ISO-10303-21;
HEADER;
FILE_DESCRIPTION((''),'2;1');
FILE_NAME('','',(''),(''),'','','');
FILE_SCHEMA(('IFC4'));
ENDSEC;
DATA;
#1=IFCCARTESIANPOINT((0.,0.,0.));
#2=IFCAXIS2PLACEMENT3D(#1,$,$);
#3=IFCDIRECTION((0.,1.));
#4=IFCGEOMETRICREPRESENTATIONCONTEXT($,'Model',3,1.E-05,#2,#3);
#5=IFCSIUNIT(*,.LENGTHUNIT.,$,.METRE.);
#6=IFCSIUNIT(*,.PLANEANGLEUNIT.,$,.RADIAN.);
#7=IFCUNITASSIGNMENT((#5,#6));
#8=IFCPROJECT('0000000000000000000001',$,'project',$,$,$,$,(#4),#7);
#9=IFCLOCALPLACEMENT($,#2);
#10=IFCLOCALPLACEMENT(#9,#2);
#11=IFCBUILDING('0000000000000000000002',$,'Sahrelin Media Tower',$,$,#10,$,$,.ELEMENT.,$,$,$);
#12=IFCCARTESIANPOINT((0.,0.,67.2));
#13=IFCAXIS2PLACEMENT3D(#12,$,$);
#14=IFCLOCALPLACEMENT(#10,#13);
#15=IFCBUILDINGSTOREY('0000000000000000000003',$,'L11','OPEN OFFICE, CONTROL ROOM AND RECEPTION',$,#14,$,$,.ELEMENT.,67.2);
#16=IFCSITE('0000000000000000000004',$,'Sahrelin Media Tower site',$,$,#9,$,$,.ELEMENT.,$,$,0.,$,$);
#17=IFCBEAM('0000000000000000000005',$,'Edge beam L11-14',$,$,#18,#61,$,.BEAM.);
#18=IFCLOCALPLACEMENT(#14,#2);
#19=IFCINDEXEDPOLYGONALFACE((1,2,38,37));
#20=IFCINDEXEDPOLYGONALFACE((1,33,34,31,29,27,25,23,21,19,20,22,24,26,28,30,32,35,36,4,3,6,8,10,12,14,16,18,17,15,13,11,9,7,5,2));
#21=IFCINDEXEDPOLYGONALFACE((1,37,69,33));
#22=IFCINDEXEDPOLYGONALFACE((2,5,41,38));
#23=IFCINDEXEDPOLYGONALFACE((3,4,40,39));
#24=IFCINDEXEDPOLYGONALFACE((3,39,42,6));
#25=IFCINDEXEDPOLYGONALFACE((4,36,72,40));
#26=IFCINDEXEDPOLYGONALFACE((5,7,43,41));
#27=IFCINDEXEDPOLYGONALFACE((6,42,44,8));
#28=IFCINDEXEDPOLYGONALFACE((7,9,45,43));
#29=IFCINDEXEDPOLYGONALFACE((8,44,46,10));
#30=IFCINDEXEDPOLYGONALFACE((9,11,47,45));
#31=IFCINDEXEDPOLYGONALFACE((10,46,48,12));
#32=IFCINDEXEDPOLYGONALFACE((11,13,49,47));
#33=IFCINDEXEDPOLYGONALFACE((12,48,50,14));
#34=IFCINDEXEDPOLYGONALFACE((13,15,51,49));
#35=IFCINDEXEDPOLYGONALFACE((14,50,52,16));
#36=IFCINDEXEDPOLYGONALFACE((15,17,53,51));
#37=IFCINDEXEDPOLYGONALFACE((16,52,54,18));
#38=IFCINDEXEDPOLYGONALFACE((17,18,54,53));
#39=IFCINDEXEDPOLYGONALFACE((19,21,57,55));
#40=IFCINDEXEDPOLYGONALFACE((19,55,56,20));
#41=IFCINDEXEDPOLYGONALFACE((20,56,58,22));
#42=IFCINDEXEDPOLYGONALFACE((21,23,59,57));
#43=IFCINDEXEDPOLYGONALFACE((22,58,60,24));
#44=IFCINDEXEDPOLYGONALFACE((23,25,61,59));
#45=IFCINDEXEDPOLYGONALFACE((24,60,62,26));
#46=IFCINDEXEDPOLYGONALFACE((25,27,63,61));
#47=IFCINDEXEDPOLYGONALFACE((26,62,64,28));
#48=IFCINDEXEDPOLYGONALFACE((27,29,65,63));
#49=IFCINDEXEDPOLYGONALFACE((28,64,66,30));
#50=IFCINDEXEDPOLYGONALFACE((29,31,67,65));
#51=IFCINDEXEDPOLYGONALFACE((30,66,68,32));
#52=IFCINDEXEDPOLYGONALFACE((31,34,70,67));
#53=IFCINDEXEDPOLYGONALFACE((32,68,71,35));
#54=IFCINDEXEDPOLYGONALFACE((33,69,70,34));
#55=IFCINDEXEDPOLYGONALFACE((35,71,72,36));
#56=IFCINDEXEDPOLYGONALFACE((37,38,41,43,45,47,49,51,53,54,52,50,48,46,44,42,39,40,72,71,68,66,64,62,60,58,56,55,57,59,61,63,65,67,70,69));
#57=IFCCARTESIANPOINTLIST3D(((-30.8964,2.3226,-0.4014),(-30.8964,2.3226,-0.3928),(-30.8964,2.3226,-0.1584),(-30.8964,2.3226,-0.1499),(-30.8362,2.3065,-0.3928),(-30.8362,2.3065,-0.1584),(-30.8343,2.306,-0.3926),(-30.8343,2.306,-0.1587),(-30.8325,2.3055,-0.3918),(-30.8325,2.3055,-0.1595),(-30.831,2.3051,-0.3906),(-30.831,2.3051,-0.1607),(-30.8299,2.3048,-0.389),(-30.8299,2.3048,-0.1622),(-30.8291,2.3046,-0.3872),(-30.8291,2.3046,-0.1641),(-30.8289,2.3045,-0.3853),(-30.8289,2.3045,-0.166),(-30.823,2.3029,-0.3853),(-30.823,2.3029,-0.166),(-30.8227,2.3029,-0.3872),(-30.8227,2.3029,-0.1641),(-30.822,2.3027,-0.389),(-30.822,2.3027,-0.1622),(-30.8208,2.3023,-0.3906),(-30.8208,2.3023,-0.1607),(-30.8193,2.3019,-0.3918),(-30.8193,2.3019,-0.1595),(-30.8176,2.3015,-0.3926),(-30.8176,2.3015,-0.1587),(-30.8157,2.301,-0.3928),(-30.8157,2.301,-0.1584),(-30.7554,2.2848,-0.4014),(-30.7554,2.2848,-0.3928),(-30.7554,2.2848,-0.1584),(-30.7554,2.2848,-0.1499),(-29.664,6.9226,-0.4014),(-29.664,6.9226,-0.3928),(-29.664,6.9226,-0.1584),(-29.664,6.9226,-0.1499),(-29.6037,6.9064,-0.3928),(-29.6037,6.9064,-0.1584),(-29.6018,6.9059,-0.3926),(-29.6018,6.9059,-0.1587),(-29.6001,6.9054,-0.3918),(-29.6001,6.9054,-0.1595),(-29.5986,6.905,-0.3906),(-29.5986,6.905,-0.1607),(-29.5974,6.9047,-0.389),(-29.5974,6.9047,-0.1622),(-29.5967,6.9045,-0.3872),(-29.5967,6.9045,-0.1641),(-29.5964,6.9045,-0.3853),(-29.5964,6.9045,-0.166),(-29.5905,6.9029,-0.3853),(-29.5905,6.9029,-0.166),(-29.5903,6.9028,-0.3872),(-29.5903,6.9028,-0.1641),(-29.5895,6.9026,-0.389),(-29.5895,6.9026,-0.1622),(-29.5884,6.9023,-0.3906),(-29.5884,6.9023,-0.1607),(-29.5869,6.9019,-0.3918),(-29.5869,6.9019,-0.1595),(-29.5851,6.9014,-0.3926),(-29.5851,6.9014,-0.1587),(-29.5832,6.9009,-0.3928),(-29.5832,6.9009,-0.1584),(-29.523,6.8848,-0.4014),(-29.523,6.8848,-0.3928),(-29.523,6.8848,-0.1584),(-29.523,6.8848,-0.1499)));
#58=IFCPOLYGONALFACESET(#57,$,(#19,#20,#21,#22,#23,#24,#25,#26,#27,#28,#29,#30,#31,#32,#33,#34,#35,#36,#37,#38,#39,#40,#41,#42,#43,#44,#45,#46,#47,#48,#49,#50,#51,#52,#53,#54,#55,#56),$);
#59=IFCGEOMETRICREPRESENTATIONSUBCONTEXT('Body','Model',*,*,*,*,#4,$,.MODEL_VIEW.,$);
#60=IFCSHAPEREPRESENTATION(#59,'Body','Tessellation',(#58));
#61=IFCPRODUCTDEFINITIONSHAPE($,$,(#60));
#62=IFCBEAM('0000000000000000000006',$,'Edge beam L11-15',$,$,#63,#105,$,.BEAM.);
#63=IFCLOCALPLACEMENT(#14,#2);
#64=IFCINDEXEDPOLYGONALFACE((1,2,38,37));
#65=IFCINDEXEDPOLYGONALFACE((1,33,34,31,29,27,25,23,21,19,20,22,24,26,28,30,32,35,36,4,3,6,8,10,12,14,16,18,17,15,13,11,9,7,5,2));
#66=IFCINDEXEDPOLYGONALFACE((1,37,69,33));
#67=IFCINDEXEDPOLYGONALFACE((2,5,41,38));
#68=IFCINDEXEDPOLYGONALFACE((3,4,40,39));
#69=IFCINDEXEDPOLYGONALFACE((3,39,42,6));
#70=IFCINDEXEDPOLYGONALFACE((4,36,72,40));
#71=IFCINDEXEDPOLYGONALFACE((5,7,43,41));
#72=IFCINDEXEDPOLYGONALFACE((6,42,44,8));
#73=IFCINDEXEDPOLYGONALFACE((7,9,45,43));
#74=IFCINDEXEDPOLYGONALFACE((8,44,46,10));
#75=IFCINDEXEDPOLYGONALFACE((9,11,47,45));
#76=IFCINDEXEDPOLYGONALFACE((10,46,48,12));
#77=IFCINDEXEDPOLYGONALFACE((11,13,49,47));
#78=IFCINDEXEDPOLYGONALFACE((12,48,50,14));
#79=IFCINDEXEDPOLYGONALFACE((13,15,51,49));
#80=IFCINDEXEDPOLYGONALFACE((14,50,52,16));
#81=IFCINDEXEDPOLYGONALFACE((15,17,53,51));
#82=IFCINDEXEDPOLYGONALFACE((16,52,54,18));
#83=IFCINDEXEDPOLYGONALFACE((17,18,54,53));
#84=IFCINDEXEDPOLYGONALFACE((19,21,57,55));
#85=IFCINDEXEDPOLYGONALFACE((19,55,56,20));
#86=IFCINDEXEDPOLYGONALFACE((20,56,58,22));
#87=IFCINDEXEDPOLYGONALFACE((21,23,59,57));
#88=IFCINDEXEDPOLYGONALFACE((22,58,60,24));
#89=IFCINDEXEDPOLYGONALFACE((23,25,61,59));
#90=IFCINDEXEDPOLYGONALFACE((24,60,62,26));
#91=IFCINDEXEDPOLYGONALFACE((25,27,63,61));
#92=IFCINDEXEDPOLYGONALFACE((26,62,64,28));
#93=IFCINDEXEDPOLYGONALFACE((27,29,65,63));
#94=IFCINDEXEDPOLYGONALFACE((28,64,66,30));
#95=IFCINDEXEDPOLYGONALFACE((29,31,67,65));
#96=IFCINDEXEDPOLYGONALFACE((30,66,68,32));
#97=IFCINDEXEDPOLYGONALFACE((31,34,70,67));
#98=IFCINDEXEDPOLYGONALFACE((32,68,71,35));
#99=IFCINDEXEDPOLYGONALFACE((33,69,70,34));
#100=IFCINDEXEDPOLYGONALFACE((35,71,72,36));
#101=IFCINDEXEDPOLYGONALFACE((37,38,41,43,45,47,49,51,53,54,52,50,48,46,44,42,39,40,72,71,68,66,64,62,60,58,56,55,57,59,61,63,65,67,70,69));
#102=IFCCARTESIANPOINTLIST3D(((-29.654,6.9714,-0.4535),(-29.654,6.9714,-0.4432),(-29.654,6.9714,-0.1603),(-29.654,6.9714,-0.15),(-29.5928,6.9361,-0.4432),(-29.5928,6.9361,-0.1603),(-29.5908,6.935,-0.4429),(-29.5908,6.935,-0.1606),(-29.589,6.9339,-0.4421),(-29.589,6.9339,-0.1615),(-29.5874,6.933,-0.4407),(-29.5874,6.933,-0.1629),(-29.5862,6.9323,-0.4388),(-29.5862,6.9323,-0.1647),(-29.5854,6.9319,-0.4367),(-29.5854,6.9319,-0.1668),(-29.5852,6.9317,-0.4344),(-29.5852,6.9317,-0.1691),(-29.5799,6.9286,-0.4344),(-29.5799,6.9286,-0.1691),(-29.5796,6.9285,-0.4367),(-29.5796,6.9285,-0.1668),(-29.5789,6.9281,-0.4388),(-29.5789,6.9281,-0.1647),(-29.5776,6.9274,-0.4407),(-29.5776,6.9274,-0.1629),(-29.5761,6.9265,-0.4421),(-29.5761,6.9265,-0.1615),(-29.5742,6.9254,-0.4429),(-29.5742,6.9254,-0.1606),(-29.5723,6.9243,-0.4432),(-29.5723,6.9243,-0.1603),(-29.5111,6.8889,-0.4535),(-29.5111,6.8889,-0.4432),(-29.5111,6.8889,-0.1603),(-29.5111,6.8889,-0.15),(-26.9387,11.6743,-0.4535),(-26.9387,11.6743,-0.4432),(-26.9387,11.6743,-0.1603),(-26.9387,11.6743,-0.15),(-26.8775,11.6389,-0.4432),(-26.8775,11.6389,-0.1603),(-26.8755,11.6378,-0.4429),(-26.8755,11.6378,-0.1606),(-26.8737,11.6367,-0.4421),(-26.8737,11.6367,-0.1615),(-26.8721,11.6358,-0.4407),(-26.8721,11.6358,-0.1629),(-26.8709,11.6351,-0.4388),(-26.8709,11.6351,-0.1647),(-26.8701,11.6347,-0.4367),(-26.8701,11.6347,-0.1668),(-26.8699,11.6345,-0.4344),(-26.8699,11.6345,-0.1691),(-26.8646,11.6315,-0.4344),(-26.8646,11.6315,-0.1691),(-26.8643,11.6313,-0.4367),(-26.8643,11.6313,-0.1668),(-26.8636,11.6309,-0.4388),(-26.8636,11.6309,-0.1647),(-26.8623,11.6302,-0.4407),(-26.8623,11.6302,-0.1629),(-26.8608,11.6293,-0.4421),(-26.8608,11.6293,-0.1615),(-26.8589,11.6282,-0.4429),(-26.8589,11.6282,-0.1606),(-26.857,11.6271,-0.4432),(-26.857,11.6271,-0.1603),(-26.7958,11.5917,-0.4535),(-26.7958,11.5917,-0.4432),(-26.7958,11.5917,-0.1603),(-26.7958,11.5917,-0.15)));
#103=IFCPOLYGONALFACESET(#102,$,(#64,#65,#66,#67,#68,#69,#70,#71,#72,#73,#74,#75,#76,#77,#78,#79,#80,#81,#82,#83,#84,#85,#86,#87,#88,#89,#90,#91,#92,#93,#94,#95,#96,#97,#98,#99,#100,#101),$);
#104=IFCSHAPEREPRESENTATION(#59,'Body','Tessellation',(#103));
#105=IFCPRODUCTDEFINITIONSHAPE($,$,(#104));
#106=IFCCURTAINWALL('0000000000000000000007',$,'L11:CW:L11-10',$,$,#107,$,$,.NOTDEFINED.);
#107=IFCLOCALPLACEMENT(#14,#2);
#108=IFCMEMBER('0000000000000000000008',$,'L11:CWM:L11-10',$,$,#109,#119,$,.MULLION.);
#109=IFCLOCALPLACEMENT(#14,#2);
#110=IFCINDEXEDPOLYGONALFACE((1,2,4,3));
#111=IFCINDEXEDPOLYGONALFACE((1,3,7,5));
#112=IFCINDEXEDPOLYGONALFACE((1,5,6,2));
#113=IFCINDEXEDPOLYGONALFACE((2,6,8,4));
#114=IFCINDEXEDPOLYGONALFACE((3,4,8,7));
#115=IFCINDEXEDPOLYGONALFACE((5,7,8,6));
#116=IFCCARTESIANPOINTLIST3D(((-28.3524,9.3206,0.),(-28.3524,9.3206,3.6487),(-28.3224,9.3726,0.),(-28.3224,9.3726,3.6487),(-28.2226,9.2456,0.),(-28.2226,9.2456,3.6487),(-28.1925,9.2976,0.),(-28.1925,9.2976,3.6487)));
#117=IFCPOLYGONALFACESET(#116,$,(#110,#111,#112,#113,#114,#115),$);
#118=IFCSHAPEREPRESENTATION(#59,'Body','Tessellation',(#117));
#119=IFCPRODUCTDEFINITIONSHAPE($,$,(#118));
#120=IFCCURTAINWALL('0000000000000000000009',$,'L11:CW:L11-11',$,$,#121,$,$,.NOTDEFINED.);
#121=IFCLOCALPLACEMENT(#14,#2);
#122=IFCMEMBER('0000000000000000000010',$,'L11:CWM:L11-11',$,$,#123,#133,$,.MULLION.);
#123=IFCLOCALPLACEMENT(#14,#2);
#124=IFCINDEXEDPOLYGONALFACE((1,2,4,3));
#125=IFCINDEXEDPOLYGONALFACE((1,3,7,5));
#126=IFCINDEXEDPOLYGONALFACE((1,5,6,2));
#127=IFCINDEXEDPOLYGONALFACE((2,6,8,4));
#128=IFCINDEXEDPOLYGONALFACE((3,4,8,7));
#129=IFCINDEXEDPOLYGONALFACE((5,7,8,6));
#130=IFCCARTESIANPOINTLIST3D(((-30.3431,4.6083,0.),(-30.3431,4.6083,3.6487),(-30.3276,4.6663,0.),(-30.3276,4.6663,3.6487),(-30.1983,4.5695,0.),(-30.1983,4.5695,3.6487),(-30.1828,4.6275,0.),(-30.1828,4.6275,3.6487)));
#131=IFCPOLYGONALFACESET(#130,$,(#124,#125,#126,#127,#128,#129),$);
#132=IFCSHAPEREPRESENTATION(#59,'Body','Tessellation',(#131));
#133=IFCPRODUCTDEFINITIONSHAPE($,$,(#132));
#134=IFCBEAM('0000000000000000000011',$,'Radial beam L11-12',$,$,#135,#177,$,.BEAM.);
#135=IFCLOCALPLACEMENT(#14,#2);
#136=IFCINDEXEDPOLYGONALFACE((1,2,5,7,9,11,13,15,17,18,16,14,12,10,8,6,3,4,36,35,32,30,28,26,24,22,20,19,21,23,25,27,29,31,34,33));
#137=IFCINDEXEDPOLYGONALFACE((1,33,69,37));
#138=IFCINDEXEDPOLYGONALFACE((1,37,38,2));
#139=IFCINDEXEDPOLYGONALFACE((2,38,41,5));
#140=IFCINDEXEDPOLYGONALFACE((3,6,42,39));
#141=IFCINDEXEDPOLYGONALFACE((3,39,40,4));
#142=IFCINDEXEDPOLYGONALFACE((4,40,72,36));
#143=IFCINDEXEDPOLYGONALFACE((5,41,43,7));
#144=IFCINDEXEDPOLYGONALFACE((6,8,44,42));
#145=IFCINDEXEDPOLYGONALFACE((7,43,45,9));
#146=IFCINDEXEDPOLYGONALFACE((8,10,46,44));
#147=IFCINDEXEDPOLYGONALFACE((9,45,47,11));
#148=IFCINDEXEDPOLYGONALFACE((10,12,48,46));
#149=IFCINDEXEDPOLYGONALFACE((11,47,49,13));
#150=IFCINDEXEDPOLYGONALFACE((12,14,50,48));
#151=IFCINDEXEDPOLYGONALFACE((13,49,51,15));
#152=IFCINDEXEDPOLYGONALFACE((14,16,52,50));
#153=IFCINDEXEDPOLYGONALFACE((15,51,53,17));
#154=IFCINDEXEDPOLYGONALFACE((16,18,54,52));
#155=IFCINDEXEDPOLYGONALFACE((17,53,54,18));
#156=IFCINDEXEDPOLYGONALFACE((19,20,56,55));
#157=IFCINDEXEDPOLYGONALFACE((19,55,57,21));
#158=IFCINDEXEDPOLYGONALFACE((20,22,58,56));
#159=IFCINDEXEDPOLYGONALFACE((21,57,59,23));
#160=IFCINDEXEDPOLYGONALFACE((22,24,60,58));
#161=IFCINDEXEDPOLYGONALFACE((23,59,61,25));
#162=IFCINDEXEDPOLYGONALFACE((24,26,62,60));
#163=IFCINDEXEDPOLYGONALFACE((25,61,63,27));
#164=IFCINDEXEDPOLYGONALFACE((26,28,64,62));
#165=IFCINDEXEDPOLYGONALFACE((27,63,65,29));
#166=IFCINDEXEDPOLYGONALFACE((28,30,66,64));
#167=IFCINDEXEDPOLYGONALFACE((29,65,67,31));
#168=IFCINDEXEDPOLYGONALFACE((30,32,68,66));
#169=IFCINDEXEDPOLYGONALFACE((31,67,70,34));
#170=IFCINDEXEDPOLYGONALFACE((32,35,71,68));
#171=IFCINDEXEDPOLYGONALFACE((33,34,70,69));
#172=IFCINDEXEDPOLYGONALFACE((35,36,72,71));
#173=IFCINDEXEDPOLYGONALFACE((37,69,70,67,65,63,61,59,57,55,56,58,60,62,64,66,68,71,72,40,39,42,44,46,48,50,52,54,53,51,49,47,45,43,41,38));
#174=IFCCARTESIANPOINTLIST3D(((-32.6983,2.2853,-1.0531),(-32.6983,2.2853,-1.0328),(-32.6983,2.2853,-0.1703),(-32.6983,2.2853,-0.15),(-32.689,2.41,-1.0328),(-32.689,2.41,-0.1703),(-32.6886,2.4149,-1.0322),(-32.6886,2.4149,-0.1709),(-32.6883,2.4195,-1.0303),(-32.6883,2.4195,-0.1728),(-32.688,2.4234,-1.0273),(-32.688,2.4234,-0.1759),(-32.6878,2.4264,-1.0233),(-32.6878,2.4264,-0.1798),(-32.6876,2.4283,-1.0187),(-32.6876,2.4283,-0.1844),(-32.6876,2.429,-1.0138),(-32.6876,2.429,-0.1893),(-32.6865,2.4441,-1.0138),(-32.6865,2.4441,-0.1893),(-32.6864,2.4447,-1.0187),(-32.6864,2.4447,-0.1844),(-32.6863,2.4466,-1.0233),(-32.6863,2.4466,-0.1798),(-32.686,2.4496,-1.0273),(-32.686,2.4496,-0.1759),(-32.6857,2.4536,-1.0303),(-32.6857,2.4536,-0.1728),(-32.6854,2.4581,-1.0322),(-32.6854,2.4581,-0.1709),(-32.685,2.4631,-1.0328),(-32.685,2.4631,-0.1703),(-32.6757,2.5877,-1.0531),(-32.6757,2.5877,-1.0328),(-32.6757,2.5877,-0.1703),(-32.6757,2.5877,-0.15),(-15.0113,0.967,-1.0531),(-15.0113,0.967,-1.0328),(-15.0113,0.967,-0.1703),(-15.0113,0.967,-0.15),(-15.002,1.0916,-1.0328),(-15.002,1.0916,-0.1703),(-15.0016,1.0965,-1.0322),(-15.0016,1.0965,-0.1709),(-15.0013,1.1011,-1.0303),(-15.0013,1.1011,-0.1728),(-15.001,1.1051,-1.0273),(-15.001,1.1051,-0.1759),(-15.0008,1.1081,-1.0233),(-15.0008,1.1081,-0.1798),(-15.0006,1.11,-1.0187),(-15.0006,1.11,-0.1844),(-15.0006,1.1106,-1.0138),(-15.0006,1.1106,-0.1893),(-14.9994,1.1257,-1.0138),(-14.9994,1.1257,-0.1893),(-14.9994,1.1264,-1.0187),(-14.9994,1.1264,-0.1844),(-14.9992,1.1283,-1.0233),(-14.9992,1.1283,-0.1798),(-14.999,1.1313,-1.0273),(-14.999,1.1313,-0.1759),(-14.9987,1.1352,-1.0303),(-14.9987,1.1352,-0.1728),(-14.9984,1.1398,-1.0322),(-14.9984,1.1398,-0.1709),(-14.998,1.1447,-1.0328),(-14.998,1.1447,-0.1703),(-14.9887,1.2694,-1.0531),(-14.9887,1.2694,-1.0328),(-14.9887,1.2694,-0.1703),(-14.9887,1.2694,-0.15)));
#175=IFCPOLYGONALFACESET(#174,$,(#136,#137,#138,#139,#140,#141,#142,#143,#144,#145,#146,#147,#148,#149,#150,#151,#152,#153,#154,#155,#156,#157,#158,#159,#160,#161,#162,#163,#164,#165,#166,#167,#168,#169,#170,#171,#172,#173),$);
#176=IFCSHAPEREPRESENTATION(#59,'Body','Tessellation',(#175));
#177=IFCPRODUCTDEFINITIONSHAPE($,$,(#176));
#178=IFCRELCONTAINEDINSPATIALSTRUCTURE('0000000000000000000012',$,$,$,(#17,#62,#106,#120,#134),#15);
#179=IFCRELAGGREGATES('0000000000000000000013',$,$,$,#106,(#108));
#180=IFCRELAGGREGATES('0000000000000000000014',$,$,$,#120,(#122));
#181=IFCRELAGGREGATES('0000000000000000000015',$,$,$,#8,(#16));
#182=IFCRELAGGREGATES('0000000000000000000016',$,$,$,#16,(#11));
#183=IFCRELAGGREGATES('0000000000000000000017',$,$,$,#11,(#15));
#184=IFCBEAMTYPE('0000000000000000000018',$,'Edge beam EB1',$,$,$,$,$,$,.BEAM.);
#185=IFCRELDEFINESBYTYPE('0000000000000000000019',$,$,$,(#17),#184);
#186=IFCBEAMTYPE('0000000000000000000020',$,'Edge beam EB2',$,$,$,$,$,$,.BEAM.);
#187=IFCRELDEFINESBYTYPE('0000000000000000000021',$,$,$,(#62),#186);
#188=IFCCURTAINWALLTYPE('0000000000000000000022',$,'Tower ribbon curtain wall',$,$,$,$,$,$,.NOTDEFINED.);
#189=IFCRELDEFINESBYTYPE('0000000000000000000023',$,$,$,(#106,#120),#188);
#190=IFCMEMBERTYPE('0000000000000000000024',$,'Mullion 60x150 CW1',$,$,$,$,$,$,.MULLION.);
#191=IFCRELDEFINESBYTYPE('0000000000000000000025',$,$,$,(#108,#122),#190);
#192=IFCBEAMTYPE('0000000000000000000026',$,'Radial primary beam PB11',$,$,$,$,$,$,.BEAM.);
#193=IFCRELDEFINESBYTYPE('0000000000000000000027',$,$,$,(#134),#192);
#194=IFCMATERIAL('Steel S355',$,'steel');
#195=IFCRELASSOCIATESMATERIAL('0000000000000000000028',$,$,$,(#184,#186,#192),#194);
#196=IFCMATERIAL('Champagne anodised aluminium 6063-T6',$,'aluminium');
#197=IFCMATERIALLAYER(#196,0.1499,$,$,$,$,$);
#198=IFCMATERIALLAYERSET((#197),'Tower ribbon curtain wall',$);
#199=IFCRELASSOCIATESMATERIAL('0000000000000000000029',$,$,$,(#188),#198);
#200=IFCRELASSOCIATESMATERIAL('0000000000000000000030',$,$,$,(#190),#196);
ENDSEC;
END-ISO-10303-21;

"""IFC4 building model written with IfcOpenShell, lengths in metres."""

from ifc_helpers import new_model, si_unit, direction, frame, origin, origin_2d, place, context, subcontext, project, spatial, rectangle, i_section, extrude, material, layer, layer_set, material_profile, profile_set, type_object, element, aggregate, save


model = new_model("IFC4")

# Units and contexts
model_context = context("Model", 3, precision=1e-05, world=origin(), true_north=direction((0.0, 1.0)))
body_context = subcontext(model_context, "Body", "Model", "MODEL_VIEW")
ifc_project = project(units=[si_unit("LENGTHUNIT", "METRE"), si_unit("PLANEANGLEUNIT", "RADIAN")], contexts=[model_context])

# Site, building, storey
site_placement = place(None, origin())
site = spatial("IfcSite", under=ifc_project, at=site_placement, Name="Sahrelin Media Tower site", CompositionType="ELEMENT", RefElevation=0.0)
building_placement = place(site_placement, origin())
building = spatial("IfcBuilding", under=site, at=building_placement, Name="Sahrelin Media Tower", CompositionType="ELEMENT")
storey_placement = place(building_placement, frame((0.0, 0.0, 67.2)))
storey = spatial("IfcBuildingStorey", under=building, at=storey_placement, Name="L11", Description="OPEN OFFICE, CONTROL ROOM AND RECEPTION", CompositionType="ELEMENT", Elevation=67.2)

# Beams
ifc_material_1 = material(Name="Steel S355", Category="steel")
ifc_material_profile_1 = material_profile(ifc_material_1, i_section(OverallWidth=0.146, OverallDepth=0.2515, WebThickness=0.0061, FlangeThickness=0.0085, FilletRadius=0.0076, at=origin_2d()), Name="UB 254x146x31")
ifc_profile_set_1 = profile_set([ifc_material_profile_1], Name="Steel S355")
beam_type_1 = type_object("IfcBeamType", Name="Edge beam EB1", PredefinedType="BEAM", material=ifc_profile_set_1)
beam_1_placement = place(storey_placement, frame((-30.8259, 2.3037, -0.2756), z_axis=(0.258798, 0.965931, 0.0), x_axis=(-0.965931, 0.258798, 0.0)))
element("IfcBeam", 1, at=beam_1_placement, inside=storey, type_object=beam_type_1, Name="Edge beam L11-14", PredefinedType="BEAM", context=body_context, shape_type="SweptSolid", body=[
    extrude(i_section(OverallWidth=0.146, OverallDepth=0.2515, WebThickness=0.0061, FlangeThickness=0.0085, FilletRadius=0.0076, at=origin_2d()), origin(), (0.0, 0.0, 1.0), 4.7622),
])
ifc_material_profile_2 = material_profile(ifc_material_1, i_section(OverallWidth=0.165, OverallDepth=0.3035, WebThickness=0.0061, FlangeThickness=0.0103, FilletRadius=0.0088, at=origin_2d()), Name="UB 305x165x40")
ifc_profile_set_2 = profile_set([ifc_material_profile_2], Name="Steel S355")
beam_type_2 = type_object("IfcBeamType", Name="Edge beam EB2", PredefinedType="BEAM", material=ifc_profile_set_2)
beam_2_placement = place(storey_placement, frame((-29.5825, 6.9302, -0.3018), z_axis=(0.500017, 0.866016, 0.0), x_axis=(-0.866016, 0.500017, 0.0)))
element("IfcBeam", 2, at=beam_2_placement, inside=storey, type_object=beam_type_2, Name="Edge beam L11-15", PredefinedType="BEAM", context=body_context, shape_type="SweptSolid", body=[
    extrude(i_section(OverallWidth=0.165, OverallDepth=0.3035, WebThickness=0.0061, FlangeThickness=0.0103, FilletRadius=0.0088, at=origin_2d()), origin(), (0.0, 0.0, 1.0), 5.4304),
])

# Curtain walls, members
ifc_material_2 = material(Name="Champagne anodised aluminium 6063-T6", Category="aluminium")
ifc_layer_1 = layer(ifc_material_2, 0.1499)
ifc_layer_set_1 = layer_set([ifc_layer_1], Name="Tower ribbon curtain wall")
curtain_wall_type = type_object("IfcCurtainWallType", Name="Tower ribbon curtain wall", PredefinedType="NOTDEFINED", material=ifc_layer_set_1)
curtain_wall_1_placement = place(storey_placement, frame((-28.3547, 9.3567, 0.0), z_axis=(0.0, 0.0, 1.0), x_axis=(1.0, 0.0, 0.0)))
curtain_wall_1 = element("IfcCurtainWall", 3, at=curtain_wall_1_placement, inside=storey, type_object=curtain_wall_type, Name="L11:CW:L11-10", PredefinedType="NOTDEFINED")
ifc_material_profile_3 = material_profile(ifc_material_2, rectangle(XDim=0.0601, YDim=0.1499, at=origin_2d()), Name="Mullion 60x150")
ifc_profile_set_3 = profile_set([ifc_material_profile_3], Name="Champagne anodised aluminium 6063-T6")
member_type_1 = type_object("IfcMemberType", Name="Mullion 60x150 CW1", PredefinedType="MULLION", material=ifc_profile_set_3)
member_1_placement = place(storey_placement, frame((-28.2725, 9.3091, 0.0), z_axis=(0.0, 0.0, 1.0), x_axis=(-0.499998, -0.866026, 0.0)))
member_1 = element("IfcMember", 4, at=member_1_placement, type_object=member_type_1, Name="L11:CWM:L11-10", PredefinedType="MULLION", context=body_context, shape_type="SweptSolid", body=[
    extrude(rectangle(XDim=0.0601, YDim=0.1499, at=origin_2d()), origin(), (0.0, 0.0, 1.0), 3.6487),
])
aggregate(curtain_wall_1, [member_1])
curtain_wall_2_placement = place(storey_placement, frame((-30.3545, 4.6423, 0.0), z_axis=(0.0, 0.0, 1.0), x_axis=(1.0, 0.0, 0.0)))
curtain_wall_2 = element("IfcCurtainWall", 5, at=curtain_wall_2_placement, inside=storey, type_object=curtain_wall_type, Name="L11:CW:L11-11", PredefinedType="NOTDEFINED")
member_2_placement = place(storey_placement, frame((-30.2629, 4.6179, 0.0), z_axis=(0.0, 0.0, 1.0), x_axis=(-0.258817, -0.965926, 0.0)))
member_2 = element("IfcMember", 6, at=member_2_placement, type_object=member_type_1, Name="L11:CWM:L11-11", PredefinedType="MULLION", context=body_context, shape_type="SweptSolid", body=[
    extrude(rectangle(XDim=0.0601, YDim=0.1499, at=origin_2d()), origin(), (0.0, 0.0, 1.0), 3.6487),
])

# Beam
ifc_material_profile_4 = material_profile(ifc_material_1, i_section(OverallWidth=0.3032, OverallDepth=0.9031, WebThickness=0.0151, FlangeThickness=0.0203, FilletRadius=0.019, at=origin_2d()), Name="UB 914x305x201")
ifc_profile_set_4 = profile_set([ifc_material_profile_4], Name="Steel S355")
beam_type_3 = type_object("IfcBeamType", Name="Radial primary beam PB11", PredefinedType="BEAM", material=ifc_profile_set_4)
beam_3_placement = place(storey_placement, frame((-15.0, 1.1182, -0.6016), z_axis=(-0.997234, 0.074332, 0.0), x_axis=(-0.074332, -0.997234, 0.0)))
element("IfcBeam", 7, at=beam_3_placement, inside=storey, type_object=beam_type_3, Name="Radial beam L11-12", PredefinedType="BEAM", context=body_context, shape_type="SweptSolid", body=[
    extrude(i_section(OverallWidth=0.3032, OverallDepth=0.9031, WebThickness=0.0151, FlangeThickness=0.0203, FilletRadius=0.019, at=origin_2d()), origin(), (0.0, 0.0, 1.0), 17.7361),
])

aggregate(curtain_wall_2, [member_2])

save(model, "model.ifc")
